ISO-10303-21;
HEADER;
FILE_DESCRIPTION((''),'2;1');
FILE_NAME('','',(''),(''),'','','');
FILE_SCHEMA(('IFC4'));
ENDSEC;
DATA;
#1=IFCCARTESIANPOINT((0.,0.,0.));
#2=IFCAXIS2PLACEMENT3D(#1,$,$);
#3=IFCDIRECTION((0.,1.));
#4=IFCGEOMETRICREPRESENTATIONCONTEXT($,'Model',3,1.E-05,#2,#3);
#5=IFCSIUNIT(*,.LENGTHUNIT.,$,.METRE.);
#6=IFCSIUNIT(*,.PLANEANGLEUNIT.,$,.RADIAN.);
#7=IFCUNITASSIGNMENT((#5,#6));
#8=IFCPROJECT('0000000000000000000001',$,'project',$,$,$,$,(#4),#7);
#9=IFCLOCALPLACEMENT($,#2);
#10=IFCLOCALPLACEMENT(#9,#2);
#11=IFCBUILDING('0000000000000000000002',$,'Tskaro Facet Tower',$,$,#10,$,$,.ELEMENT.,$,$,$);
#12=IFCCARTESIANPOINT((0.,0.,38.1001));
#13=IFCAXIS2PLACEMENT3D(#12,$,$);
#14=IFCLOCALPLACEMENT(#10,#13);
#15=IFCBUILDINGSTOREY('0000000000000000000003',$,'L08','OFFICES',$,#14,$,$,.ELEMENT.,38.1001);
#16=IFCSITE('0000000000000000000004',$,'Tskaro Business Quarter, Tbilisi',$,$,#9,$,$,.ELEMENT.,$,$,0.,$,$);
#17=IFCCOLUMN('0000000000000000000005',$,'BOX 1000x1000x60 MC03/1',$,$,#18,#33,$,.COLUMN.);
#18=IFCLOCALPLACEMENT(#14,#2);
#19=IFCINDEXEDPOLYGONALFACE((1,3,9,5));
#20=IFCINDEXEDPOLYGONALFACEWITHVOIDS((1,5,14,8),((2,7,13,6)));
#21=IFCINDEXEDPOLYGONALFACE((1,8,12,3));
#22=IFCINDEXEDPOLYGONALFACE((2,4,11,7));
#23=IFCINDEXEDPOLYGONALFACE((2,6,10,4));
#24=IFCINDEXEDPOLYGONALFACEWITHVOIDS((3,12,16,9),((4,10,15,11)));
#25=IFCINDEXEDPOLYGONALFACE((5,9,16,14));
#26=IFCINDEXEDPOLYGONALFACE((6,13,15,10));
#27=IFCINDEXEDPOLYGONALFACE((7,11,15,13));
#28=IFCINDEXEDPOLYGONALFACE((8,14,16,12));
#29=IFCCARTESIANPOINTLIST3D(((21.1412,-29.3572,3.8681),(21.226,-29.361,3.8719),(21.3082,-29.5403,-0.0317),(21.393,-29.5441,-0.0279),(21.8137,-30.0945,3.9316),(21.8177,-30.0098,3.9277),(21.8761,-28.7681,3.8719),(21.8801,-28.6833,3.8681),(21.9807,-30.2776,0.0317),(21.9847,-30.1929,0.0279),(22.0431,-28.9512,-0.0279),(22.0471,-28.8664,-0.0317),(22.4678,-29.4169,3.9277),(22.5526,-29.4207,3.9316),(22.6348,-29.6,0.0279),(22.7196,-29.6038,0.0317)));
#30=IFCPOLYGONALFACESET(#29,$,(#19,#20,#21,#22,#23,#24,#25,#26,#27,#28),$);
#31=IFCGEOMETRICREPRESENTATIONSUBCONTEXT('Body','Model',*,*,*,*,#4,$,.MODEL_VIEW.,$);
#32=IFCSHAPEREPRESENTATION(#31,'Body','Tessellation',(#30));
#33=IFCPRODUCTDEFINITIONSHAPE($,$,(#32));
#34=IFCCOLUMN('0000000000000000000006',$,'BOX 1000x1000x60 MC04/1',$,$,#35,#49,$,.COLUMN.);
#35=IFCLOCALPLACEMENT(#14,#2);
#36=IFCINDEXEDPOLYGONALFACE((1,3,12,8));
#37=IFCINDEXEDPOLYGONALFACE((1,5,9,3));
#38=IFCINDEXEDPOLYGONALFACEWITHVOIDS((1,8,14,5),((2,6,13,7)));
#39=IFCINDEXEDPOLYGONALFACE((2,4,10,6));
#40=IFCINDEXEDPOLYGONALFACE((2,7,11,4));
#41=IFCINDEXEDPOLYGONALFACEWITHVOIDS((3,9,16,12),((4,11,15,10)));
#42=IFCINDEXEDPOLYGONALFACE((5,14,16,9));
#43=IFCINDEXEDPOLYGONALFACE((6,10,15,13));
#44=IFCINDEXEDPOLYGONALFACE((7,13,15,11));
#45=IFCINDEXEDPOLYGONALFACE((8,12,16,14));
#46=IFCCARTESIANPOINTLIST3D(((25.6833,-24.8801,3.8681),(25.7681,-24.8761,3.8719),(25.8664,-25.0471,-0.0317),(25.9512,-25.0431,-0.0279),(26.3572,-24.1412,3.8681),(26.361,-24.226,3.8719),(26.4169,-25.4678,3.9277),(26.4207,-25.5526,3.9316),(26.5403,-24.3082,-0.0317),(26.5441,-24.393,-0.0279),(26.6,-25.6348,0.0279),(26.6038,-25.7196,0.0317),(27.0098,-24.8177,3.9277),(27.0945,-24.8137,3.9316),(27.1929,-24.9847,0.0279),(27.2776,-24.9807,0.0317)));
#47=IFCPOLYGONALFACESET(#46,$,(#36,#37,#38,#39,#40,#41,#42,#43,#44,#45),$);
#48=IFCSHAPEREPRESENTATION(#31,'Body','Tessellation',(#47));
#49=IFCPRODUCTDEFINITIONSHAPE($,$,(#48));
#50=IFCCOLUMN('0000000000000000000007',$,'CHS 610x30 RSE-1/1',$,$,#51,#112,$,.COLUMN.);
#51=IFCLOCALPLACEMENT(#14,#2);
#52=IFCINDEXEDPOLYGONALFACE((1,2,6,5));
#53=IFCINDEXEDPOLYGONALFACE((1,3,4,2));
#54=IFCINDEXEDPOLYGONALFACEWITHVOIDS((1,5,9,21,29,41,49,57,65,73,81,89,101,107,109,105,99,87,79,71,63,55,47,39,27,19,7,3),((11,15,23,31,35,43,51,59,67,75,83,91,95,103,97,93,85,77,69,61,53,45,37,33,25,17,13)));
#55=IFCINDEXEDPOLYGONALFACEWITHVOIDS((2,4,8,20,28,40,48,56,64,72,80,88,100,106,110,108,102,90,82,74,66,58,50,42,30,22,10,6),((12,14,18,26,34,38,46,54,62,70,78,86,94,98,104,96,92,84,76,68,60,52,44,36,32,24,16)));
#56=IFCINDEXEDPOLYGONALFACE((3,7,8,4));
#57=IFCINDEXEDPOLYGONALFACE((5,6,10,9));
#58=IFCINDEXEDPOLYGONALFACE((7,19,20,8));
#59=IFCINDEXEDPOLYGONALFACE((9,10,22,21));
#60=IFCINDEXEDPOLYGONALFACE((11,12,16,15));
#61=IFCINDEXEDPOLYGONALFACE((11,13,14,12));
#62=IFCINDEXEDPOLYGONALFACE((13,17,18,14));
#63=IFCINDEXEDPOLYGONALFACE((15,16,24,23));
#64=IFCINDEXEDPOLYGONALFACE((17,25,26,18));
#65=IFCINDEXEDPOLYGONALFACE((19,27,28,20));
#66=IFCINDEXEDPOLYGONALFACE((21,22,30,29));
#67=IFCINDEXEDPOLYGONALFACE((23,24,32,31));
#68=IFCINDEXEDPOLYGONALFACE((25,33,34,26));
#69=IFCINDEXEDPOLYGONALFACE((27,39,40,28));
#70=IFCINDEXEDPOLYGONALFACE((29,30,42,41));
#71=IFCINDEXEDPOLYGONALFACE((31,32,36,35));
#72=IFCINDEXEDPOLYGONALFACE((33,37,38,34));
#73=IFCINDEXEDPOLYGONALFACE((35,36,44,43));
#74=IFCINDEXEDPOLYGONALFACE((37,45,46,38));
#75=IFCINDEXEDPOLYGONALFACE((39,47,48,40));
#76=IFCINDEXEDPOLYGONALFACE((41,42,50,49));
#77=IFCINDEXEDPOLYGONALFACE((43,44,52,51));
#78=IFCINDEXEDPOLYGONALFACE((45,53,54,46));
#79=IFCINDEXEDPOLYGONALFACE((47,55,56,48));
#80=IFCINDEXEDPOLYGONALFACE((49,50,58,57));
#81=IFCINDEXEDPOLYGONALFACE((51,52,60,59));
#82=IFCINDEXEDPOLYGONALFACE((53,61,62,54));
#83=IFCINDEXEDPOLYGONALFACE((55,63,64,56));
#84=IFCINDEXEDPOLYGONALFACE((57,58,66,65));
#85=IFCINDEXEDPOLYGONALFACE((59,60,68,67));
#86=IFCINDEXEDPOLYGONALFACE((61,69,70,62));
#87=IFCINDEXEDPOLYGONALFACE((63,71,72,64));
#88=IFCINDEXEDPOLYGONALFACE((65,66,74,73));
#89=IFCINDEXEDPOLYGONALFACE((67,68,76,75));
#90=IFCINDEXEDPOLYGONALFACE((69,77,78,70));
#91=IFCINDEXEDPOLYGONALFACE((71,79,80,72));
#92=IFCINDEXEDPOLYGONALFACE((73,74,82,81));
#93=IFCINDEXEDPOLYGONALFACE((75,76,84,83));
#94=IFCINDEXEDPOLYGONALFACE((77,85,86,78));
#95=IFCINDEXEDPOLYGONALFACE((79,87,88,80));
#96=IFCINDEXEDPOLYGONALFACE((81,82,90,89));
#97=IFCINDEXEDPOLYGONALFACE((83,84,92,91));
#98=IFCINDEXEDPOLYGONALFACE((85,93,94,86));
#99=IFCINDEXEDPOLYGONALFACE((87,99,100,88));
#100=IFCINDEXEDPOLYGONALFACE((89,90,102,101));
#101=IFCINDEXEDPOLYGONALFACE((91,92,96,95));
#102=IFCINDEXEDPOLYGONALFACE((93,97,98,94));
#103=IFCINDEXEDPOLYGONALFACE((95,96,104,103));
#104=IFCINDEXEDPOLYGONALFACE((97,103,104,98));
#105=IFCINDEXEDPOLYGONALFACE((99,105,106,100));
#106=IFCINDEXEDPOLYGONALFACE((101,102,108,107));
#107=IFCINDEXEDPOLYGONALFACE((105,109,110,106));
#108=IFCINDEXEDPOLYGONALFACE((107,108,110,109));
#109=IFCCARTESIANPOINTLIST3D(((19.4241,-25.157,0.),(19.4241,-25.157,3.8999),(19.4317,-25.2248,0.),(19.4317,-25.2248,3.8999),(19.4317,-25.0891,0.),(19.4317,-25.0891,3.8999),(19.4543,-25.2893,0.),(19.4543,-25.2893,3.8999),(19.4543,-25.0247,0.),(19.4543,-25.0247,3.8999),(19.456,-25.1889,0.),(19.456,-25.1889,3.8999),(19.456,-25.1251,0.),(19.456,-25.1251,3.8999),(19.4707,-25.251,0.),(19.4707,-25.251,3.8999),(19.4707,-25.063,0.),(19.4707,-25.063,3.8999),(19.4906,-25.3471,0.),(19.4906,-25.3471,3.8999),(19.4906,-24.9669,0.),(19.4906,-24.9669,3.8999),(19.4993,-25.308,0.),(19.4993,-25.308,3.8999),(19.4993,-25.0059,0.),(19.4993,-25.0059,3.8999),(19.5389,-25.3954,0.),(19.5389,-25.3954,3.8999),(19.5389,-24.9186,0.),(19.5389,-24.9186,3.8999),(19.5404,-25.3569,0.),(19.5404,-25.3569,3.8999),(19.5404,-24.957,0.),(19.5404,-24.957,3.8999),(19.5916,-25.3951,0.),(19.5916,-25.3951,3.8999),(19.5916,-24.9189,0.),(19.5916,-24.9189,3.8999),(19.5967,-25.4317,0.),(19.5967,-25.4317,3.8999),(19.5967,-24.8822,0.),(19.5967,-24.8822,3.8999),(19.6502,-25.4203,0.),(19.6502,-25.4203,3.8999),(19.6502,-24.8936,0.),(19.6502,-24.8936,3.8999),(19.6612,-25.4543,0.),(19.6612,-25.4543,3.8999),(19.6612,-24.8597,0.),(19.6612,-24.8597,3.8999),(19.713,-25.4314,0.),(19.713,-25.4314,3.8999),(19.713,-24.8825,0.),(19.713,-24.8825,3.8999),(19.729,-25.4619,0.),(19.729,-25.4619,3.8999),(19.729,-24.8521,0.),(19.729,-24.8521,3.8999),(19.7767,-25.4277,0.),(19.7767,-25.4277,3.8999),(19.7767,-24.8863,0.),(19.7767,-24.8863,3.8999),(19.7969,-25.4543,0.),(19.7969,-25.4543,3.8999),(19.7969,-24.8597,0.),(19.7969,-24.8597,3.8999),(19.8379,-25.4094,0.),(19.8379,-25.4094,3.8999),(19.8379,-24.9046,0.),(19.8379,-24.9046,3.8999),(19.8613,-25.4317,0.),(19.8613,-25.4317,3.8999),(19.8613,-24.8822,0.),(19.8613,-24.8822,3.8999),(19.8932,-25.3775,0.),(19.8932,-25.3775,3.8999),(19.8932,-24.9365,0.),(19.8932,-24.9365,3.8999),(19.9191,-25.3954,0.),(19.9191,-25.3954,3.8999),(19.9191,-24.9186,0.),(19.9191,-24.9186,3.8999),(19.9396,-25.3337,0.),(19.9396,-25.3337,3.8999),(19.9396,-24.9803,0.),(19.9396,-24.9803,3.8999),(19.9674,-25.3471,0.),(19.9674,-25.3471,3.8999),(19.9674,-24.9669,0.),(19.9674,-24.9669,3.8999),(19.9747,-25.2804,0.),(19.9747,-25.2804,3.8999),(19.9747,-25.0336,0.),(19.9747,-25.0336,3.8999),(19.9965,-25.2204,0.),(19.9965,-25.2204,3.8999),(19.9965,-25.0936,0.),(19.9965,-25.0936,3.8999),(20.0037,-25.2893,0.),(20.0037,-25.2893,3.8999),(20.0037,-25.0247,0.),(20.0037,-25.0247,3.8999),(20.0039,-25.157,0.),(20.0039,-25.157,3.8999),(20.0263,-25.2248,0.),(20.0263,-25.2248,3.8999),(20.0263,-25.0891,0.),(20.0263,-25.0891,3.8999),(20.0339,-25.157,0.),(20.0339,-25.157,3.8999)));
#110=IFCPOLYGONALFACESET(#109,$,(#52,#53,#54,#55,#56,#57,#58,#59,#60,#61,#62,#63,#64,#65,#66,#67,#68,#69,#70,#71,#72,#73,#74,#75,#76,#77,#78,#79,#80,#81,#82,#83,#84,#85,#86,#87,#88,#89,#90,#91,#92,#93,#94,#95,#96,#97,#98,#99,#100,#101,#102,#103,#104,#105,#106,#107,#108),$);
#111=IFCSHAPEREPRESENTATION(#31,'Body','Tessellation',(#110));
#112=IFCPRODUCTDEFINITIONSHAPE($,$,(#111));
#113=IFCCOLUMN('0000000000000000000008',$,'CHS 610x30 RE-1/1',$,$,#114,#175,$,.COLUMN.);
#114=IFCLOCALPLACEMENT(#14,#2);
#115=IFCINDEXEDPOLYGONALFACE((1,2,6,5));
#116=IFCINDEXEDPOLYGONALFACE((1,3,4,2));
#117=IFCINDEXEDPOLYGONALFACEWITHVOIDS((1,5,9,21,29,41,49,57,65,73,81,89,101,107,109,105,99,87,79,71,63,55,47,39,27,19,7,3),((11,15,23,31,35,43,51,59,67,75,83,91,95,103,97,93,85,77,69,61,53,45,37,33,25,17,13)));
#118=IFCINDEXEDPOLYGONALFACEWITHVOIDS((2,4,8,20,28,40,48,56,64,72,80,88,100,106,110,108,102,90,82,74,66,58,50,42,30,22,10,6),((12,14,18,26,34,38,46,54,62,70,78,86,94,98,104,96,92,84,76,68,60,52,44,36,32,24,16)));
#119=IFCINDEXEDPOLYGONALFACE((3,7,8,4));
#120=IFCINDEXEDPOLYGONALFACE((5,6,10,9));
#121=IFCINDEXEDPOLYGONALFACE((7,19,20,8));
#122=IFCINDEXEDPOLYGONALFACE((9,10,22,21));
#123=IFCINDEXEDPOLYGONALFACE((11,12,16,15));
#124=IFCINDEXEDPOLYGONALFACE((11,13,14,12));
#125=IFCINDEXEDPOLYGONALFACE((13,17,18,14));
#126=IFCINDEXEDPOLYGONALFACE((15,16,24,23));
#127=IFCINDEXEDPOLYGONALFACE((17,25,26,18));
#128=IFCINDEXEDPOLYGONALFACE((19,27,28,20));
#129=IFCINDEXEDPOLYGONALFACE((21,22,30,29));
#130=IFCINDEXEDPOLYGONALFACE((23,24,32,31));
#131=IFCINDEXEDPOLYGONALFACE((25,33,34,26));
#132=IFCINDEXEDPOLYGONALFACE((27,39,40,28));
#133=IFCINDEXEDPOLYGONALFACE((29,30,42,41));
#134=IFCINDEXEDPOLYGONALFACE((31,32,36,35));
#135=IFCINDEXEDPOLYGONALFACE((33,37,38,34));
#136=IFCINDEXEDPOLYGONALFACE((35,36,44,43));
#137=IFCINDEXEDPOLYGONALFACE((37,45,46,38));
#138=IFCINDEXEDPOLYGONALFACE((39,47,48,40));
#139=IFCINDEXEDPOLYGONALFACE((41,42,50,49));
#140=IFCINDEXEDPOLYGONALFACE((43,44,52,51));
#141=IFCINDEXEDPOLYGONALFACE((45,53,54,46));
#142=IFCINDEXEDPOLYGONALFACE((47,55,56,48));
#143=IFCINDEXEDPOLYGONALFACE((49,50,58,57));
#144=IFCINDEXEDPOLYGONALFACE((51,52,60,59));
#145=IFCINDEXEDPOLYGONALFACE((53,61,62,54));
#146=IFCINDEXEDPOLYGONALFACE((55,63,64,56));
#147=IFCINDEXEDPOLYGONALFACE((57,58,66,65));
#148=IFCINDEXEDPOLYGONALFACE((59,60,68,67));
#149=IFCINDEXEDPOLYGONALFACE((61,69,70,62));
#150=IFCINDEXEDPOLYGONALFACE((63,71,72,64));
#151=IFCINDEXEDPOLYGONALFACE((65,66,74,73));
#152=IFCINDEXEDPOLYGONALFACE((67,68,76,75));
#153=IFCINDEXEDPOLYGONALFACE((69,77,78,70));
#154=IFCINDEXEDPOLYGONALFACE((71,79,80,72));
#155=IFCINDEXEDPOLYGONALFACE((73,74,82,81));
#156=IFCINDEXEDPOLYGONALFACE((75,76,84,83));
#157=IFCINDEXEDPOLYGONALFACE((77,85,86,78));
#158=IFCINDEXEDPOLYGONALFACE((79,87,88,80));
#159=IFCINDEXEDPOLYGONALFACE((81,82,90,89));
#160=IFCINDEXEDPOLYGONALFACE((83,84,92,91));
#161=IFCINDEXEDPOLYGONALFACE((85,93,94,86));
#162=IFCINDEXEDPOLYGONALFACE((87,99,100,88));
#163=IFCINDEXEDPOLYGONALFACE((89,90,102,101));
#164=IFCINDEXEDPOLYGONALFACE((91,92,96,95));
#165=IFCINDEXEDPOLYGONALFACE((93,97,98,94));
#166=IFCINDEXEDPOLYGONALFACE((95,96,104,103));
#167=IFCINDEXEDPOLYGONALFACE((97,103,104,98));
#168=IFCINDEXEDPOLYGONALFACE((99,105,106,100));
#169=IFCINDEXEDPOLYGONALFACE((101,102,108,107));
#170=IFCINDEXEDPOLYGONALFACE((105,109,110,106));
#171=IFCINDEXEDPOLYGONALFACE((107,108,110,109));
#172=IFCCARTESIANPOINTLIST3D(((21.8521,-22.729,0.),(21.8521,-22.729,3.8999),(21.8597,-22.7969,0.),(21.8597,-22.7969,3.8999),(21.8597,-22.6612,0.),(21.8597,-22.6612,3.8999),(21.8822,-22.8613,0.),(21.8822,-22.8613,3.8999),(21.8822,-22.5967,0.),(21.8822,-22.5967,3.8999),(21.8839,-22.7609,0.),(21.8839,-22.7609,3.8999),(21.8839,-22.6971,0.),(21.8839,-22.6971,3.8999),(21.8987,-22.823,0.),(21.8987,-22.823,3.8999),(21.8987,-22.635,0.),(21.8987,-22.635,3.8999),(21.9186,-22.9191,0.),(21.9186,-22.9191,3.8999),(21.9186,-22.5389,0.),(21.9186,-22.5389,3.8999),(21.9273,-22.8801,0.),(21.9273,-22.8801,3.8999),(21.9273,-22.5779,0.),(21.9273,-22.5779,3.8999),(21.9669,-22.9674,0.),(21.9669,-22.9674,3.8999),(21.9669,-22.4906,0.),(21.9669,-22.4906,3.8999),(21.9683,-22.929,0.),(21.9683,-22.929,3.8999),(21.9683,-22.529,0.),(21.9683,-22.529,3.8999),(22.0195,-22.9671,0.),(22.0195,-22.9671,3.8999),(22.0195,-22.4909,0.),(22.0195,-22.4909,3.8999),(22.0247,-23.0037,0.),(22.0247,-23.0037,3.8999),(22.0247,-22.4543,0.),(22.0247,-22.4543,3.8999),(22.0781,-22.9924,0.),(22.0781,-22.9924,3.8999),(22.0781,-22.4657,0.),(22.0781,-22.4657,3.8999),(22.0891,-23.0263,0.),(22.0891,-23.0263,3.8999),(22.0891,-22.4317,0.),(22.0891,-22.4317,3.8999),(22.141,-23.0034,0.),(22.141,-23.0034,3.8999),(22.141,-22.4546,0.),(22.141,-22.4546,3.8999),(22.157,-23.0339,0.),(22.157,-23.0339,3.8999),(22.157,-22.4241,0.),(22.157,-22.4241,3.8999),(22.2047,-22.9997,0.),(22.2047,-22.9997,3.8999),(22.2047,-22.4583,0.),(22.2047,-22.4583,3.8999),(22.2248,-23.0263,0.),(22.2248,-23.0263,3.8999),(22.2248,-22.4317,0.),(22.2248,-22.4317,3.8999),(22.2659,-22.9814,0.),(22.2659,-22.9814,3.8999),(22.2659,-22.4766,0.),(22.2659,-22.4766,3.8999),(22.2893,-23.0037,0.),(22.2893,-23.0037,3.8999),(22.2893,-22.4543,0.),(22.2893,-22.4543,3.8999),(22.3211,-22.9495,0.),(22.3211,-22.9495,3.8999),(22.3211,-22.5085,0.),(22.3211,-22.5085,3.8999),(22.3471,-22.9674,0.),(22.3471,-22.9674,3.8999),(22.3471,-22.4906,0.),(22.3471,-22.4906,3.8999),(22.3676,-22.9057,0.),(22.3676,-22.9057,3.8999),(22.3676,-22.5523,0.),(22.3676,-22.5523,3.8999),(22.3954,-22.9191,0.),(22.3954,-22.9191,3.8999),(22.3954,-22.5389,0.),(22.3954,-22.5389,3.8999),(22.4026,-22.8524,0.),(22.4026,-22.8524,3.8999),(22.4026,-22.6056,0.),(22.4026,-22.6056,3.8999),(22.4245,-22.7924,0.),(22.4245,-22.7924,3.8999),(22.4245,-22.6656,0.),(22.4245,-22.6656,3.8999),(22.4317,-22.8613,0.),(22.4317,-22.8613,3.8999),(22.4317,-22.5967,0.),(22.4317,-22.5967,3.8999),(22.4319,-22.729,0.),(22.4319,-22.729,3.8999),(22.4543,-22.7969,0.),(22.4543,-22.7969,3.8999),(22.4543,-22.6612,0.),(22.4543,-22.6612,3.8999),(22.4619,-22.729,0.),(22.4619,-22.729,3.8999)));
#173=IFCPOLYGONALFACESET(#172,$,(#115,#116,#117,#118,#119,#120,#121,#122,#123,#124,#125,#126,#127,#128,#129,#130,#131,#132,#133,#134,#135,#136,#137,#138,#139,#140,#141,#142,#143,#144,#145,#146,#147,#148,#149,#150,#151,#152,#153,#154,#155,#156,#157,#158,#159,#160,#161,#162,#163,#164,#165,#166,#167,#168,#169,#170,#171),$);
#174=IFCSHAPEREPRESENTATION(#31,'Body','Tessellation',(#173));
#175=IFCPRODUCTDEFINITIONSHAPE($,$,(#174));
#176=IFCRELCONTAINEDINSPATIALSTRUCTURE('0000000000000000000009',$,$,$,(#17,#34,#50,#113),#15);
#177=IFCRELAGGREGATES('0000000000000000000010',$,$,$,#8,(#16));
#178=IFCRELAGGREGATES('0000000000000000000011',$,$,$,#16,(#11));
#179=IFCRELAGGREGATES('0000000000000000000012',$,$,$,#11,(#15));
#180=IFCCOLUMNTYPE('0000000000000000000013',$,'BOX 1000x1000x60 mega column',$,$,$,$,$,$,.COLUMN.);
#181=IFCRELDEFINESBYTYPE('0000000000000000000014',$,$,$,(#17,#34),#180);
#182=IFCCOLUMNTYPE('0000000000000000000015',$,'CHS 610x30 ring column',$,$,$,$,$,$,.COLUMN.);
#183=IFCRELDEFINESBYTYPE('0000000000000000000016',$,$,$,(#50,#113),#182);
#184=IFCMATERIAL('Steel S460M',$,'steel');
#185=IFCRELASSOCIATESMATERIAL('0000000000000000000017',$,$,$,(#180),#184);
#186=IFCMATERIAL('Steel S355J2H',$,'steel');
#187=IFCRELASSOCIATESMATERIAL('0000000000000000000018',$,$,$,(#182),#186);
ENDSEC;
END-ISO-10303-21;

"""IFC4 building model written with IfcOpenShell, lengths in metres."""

from ifc_helpers import new_model, si_unit, direction, frame, origin, origin_2d, place, context, subcontext, project, spatial, hollow_rectangle, hollow_circle, extrude, material, material_profile, profile_set, type_object, element, save


model = new_model("IFC4")

# Units and contexts
model_context = context("Model", 3, precision=1e-05, world=origin(), true_north=direction((0.0, 1.0)))
body_context = subcontext(model_context, "Body", "Model", "MODEL_VIEW")
ifc_project = project(units=[si_unit("LENGTHUNIT", "METRE"), si_unit("PLANEANGLEUNIT", "RADIAN")], contexts=[model_context])

# Site, building, storey
site_placement = place(None, origin())
site = spatial("IfcSite", under=ifc_project, at=site_placement, Name="Tskaro Business Quarter, Tbilisi", CompositionType="ELEMENT", RefElevation=0.0)
building_placement = place(site_placement, origin())
building = spatial("IfcBuilding", under=site, at=building_placement, Name="Tskaro Facet Tower", CompositionType="ELEMENT")
storey_placement = place(building_placement, frame((0.0, 0.0, 38.1001)))
storey = spatial("IfcBuildingStorey", under=building, at=storey_placement, Name="L08", Description="OFFICES", CompositionType="ELEMENT", Elevation=38.1001)

# Columns
ifc_material_1 = material(Name="Steel S460M", Category="steel")
ifc_material_profile_1 = material_profile(ifc_material_1, hollow_rectangle(XDim=1.0, YDim=1.0, WallThickness=0.0601, at=origin_2d()), Name="BOX 1000x1000x60")
ifc_profile_set_1 = profile_set([ifc_material_profile_1], Name="Steel S460M")
column_type_1 = type_object("IfcColumnType", Name="BOX 1000x1000x60 mega column", PredefinedType="COLUMN", material=ifc_profile_set_1)
for number, where, z_axis, x_axis, name in (
    (1, (22.0139, -29.572, 0.0), (-0.042733, 0.046857, 0.997987), (-0.738869, -0.673849, 0.0), "BOX 1000x1000x60 MC03/1"),
    (2, (26.572, -25.0139, 0.0), (-0.046857, 0.042733, 0.997987), (-0.673849, -0.738869, 0.0), "BOX 1000x1000x60 MC04/1"),
):
    element("IfcColumn", number, at=place(storey_placement, frame(where, z_axis=z_axis, x_axis=x_axis)), inside=storey, type_object=column_type_1, Name=name, PredefinedType="COLUMN", context=body_context, shape_type="SweptSolid", body=[
        extrude(hollow_rectangle(XDim=1.0, YDim=1.0, WallThickness=0.0601, at=origin_2d()), origin(), (0.0, 0.0, 1.0), 3.9077),
    ])
ifc_material_2 = material(Name="Steel S355J2H", Category="steel")
ifc_material_profile_2 = material_profile(ifc_material_2, hollow_circle(Radius=0.3049, WallThickness=0.03, at=origin_2d()), Name="CHS 610x30")
ifc_profile_set_2 = profile_set([ifc_material_profile_2], Name="Steel S355J2H")
column_type_2 = type_object("IfcColumnType", Name="CHS 610x30 ring column", PredefinedType="COLUMN", material=ifc_profile_set_2)
for number, where, z_axis, x_axis, name in (
    (3, (19.729, -25.157, 0.0), (0.0, 0.0, 1.0), (1.0, 0.0, 0.0), "CHS 610x30 RSE-1/1"),
    (4, (22.157, -22.729, 0.0), (0.0, 0.0, 1.0), (1.0, 0.0, 0.0), "CHS 610x30 RE-1/1"),
):
    element("IfcColumn", number, at=place(storey_placement, frame(where, z_axis=z_axis, x_axis=x_axis)), inside=storey, type_object=column_type_2, Name=name, PredefinedType="COLUMN", context=body_context, shape_type="SweptSolid", body=[
        extrude(hollow_circle(Radius=0.3049, WallThickness=0.03, at=origin_2d()), origin(), (0.0, 0.0, 1.0), 3.8999),
    ])

save(model, "model.ifc")
